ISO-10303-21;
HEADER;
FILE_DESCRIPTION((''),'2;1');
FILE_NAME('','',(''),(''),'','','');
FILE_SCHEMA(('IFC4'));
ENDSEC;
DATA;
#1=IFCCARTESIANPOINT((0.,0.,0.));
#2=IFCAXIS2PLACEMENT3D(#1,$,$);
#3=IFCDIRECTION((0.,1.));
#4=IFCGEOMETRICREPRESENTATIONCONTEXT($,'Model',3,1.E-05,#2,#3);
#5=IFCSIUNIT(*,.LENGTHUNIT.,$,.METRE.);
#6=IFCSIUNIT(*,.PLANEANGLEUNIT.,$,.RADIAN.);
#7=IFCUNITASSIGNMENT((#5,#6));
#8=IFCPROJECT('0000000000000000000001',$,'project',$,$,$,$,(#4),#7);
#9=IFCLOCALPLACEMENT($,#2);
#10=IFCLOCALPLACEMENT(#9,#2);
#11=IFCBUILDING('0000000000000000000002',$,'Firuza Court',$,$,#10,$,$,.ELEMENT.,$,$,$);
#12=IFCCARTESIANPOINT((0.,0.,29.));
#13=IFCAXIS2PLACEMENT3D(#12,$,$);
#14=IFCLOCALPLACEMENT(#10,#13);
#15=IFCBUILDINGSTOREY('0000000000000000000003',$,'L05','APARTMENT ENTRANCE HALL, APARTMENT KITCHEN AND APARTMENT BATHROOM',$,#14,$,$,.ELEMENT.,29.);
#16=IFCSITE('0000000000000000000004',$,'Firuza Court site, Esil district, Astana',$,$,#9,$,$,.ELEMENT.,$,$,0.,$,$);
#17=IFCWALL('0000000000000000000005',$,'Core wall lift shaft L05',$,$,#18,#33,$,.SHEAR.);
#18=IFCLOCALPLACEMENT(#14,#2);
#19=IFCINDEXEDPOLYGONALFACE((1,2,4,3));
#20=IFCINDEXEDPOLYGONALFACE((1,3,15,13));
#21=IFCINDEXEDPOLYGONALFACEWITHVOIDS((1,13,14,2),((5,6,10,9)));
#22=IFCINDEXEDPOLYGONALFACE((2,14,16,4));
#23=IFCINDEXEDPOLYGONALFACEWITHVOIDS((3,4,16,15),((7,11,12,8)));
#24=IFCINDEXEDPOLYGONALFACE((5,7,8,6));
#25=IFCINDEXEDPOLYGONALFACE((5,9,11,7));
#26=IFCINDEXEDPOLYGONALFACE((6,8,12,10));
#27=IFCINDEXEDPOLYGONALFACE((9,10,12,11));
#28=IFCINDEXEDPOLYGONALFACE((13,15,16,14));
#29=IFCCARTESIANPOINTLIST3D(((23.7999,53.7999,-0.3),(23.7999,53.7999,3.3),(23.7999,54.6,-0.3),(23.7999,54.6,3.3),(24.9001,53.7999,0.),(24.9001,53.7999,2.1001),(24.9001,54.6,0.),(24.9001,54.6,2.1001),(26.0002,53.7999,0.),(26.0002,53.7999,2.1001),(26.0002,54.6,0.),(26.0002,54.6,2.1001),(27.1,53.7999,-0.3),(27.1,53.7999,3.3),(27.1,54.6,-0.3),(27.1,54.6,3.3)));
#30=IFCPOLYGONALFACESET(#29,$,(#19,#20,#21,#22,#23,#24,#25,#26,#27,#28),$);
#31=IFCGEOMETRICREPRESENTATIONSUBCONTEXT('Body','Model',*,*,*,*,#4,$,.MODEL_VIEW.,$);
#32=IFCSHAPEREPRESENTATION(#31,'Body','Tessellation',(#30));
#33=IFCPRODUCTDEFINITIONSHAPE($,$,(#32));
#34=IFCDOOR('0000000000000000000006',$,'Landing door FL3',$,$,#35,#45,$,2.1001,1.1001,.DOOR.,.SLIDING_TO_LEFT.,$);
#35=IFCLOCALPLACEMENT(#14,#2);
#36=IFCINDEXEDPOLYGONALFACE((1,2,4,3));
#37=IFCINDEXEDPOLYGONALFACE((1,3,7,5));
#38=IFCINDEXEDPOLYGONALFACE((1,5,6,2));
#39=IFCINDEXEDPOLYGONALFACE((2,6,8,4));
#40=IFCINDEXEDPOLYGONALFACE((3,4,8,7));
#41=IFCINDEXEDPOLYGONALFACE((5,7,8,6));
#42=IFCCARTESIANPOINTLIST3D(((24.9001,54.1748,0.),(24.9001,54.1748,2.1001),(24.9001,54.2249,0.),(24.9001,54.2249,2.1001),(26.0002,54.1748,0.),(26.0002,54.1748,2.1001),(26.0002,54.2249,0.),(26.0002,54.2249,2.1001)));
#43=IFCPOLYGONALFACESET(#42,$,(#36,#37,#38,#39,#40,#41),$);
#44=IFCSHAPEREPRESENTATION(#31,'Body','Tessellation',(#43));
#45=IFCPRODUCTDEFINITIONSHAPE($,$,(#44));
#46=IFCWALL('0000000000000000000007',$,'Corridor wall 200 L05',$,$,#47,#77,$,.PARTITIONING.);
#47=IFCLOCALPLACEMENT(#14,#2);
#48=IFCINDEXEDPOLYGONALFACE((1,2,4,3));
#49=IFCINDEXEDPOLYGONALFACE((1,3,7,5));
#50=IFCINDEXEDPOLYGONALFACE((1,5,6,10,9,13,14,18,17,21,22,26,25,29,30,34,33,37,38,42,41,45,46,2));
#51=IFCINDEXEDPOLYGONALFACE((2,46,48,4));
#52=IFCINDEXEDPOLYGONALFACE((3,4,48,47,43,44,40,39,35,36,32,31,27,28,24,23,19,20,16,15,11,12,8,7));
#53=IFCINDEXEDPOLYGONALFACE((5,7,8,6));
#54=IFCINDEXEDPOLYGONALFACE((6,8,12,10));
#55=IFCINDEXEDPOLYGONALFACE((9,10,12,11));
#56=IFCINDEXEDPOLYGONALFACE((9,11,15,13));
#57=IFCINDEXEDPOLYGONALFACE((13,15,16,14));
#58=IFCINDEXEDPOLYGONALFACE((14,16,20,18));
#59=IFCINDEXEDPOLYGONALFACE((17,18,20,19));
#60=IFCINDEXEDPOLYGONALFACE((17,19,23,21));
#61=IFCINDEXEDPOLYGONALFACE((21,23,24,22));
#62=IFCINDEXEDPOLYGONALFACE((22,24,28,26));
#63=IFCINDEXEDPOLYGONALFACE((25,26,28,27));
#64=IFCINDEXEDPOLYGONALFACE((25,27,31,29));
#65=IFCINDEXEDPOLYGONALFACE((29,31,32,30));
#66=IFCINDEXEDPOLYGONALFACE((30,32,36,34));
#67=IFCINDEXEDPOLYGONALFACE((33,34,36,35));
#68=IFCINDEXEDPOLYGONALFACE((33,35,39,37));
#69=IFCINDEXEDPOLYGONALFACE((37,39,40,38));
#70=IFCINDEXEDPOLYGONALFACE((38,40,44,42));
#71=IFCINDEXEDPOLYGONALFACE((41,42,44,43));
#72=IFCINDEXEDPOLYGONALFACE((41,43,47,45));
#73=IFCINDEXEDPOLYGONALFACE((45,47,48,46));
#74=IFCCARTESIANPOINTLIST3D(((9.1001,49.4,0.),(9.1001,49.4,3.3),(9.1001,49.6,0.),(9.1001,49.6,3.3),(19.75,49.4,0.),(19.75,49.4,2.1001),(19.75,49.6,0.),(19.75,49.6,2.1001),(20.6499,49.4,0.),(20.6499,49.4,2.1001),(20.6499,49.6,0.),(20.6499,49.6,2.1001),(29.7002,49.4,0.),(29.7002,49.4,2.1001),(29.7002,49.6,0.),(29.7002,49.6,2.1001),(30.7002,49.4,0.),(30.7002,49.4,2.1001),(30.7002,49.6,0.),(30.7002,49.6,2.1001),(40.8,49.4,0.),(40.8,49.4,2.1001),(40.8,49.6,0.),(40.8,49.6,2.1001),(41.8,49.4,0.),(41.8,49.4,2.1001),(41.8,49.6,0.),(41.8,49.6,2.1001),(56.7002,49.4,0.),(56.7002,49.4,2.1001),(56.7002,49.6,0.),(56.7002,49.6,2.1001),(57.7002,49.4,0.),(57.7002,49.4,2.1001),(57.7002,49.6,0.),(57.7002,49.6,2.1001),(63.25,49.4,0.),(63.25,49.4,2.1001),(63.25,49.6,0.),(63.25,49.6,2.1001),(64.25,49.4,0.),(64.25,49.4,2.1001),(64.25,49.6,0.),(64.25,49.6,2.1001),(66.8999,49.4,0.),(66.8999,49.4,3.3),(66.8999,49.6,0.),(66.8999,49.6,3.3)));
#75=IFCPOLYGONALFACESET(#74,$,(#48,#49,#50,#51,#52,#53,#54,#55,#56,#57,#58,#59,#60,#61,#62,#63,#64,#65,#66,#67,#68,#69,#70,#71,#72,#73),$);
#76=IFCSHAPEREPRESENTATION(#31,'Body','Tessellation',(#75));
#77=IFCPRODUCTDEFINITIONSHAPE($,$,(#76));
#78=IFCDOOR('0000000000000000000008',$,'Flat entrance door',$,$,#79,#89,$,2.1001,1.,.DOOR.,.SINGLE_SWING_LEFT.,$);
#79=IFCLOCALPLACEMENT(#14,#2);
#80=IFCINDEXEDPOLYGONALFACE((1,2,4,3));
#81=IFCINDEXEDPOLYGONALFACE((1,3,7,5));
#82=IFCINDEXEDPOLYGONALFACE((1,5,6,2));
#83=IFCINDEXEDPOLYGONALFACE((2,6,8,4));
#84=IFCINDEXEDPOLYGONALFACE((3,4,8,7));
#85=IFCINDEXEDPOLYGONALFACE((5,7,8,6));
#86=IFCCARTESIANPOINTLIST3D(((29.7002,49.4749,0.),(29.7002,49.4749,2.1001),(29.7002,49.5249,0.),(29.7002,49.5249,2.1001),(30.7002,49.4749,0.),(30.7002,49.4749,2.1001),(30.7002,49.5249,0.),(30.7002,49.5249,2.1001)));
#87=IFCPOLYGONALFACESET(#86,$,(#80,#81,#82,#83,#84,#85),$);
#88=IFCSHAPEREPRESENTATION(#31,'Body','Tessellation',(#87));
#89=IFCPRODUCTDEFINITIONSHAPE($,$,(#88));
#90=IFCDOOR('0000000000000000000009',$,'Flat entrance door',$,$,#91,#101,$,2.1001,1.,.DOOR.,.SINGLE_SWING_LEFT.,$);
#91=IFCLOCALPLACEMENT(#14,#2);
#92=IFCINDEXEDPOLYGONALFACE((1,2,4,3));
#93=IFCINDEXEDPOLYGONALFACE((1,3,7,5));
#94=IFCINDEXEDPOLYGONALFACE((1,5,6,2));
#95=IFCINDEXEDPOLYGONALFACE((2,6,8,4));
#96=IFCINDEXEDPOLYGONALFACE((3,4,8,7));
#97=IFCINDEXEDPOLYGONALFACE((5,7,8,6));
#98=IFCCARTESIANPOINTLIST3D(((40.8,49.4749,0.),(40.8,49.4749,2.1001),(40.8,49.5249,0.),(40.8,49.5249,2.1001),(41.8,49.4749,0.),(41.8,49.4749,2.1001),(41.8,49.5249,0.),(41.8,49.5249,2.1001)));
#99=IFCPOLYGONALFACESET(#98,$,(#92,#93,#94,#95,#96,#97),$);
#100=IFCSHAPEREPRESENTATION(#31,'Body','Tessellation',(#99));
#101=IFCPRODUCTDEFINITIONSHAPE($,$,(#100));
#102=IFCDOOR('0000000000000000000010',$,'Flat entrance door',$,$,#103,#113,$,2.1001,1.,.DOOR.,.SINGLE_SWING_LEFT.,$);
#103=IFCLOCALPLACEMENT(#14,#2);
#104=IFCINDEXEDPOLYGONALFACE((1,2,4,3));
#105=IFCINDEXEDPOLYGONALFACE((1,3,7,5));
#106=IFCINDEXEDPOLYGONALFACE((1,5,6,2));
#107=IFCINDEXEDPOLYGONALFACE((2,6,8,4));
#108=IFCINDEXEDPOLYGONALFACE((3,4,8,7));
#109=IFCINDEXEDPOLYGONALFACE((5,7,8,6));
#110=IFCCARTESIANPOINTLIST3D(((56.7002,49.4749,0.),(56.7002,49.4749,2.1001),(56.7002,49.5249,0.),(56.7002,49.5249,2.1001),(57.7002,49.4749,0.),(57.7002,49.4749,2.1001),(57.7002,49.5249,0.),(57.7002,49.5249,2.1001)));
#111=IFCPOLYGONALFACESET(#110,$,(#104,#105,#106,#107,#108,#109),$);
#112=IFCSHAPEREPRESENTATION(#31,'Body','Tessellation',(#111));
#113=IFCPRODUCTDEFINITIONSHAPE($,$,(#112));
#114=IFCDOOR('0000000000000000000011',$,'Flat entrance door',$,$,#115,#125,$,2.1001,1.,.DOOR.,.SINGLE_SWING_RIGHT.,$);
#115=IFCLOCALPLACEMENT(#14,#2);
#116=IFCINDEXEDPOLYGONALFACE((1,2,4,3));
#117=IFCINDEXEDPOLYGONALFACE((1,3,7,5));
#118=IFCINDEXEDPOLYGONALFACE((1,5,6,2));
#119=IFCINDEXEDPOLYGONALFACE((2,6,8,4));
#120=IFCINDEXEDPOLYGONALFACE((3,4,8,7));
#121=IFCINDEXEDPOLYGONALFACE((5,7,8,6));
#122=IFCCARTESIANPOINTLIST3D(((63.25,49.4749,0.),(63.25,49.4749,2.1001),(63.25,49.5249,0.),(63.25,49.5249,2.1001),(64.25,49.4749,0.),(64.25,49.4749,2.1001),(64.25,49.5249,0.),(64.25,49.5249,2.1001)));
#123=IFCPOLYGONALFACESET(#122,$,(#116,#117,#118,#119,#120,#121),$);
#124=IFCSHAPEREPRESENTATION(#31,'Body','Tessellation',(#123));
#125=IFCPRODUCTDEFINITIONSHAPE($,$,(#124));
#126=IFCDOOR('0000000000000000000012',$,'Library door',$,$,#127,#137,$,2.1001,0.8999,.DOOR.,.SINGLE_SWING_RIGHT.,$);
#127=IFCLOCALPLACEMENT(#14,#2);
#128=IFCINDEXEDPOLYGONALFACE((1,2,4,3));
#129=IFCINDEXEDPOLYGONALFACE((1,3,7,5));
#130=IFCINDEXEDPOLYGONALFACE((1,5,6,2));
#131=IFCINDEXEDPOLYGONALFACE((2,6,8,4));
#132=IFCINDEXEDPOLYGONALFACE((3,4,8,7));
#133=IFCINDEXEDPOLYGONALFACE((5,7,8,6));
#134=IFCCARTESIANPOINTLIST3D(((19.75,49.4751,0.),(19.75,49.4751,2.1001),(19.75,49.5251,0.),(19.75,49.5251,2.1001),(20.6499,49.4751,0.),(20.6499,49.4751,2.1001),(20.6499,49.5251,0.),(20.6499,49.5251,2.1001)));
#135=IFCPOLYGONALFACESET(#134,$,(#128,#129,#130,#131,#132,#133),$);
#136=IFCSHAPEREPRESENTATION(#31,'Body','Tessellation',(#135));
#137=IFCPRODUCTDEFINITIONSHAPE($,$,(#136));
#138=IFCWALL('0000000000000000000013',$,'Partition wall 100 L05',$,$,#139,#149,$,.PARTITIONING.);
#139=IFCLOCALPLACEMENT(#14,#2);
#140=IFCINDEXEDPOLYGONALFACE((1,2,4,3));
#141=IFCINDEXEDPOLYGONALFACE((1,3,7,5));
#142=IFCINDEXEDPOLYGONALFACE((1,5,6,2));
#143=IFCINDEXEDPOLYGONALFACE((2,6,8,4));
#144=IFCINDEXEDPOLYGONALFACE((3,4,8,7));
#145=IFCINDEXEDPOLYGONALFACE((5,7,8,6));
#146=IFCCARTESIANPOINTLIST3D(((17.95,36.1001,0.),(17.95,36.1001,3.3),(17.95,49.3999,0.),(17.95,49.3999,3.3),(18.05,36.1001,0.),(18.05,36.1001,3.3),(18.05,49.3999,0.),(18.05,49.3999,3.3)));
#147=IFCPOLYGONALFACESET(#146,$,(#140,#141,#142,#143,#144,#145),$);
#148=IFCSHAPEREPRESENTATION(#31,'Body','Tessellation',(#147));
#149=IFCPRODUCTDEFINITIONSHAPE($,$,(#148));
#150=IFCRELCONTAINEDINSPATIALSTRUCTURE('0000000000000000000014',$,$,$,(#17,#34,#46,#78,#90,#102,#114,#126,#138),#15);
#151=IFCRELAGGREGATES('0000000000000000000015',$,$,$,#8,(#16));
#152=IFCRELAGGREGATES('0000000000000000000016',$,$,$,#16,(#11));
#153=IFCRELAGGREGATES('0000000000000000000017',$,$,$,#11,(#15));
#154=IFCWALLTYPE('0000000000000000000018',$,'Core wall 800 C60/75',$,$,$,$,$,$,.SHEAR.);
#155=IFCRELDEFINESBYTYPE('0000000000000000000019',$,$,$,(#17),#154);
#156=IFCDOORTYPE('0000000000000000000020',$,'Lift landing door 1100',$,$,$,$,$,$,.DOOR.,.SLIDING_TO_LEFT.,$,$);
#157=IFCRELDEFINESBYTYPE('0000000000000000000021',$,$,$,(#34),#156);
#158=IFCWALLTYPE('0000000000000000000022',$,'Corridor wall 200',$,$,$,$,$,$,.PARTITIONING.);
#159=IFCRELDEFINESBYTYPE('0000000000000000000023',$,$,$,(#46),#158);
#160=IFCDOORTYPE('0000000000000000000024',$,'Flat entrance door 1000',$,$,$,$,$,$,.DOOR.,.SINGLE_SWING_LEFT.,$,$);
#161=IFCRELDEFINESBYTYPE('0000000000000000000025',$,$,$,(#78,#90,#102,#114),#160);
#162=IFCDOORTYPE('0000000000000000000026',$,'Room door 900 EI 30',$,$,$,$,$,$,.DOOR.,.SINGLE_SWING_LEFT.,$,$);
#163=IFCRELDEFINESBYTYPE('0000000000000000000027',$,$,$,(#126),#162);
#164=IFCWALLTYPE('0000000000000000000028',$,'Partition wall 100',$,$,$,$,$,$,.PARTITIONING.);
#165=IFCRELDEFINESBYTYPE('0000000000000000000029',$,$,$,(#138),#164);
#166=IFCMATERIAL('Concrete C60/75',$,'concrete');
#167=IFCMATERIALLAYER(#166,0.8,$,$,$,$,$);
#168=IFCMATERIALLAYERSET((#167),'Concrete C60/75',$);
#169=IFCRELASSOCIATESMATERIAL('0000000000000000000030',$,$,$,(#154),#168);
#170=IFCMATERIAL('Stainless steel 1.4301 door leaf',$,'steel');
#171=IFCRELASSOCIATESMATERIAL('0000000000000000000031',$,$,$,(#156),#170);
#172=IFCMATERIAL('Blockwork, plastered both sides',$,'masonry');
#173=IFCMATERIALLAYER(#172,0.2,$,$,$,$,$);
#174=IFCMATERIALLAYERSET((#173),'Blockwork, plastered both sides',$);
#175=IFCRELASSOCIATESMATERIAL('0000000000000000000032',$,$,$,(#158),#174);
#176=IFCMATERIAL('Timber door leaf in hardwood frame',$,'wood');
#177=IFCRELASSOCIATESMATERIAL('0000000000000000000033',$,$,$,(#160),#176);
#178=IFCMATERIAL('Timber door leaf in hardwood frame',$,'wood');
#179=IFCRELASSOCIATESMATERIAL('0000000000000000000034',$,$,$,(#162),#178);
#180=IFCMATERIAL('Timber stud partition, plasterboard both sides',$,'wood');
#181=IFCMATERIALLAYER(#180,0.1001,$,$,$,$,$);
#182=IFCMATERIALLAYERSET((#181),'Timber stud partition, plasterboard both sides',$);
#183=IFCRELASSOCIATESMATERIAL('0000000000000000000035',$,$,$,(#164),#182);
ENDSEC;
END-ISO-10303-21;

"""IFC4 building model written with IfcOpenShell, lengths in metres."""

from ifc_helpers import new_model, si_unit, direction, frame, frame_2d, origin, place, context, subcontext, project, spatial, rectangle, extrude, material, layer, layer_set, type_object, element, fill, save


model = new_model("IFC4")

# Units and contexts
model_context = context("Model", 3, precision=1e-05, world=origin(), true_north=direction((0.0, 1.0)))
body_context = subcontext(model_context, "Body", "Model", "MODEL_VIEW")
ifc_project = project(units=[si_unit("LENGTHUNIT", "METRE"), si_unit("PLANEANGLEUNIT", "RADIAN")], contexts=[model_context])

# Site, building, storey
site_placement = place(None, origin())
site = spatial("IfcSite", under=ifc_project, at=site_placement, Name="Firuza Court site, Esil district, Astana", CompositionType="ELEMENT", RefElevation=0.0)
building_placement = place(site_placement, origin())
building = spatial("IfcBuilding", under=site, at=building_placement, Name="Firuza Court", CompositionType="ELEMENT")
storey_placement = place(building_placement, frame((0.0, 0.0, 29.0)))
storey = spatial("IfcBuildingStorey", under=building, at=storey_placement, Name="L05", Description="APARTMENT ENTRANCE HALL, APARTMENT KITCHEN AND APARTMENT BATHROOM", CompositionType="ELEMENT", Elevation=29.0)

# Wall, opening, door
ifc_material_1 = material(Name="Concrete C60/75", Category="concrete")
ifc_layer_1 = layer(ifc_material_1, 0.8)
ifc_layer_set_1 = layer_set([ifc_layer_1], Name="Concrete C60/75")
wall_type_1 = type_object("IfcWallType", Name="Core wall 800 C60/75", PredefinedType="SHEAR", material=ifc_layer_set_1)
wall_1_placement = place(storey_placement, frame((23.8, 54.2, -0.3), z_axis=(0.0, 0.0, 1.0), x_axis=(1.0, 0.0, 0.0)))
wall_1 = element("IfcWall", 1, at=wall_1_placement, inside=storey, type_object=wall_type_1, Name="Core wall lift shaft L05", PredefinedType="SHEAR", context=body_context, shape_type="SweptSolid", body=[
    extrude(rectangle(XDim=3.3, YDim=0.8, at=frame_2d((1.6499, 0.0))), origin(), (0.0, 0.0, 1.0), 3.6001),
])
opening_1_placement = place(wall_1_placement, frame((1.1001, 0.0, 0.3)))
opening_1 = element("IfcOpeningElement", 2, at=opening_1_placement, cuts=wall_1, PredefinedType="OPENING", context=body_context, shape_type="SweptSolid", body=[
    extrude(rectangle(XDim=1.1001, YDim=2.1001, at=frame_2d((0.55, 1.05))), frame((0.0, 0.4121, 0.0), z_axis=(0.0, -1.0, 0.0), x_axis=(1.0, 0.0, 0.0)), (0.0, 0.0, 1.0), 0.824),
])
ifc_material_2 = material(Name="Stainless steel 1.4301 door leaf", Category="steel")
door_type_1 = type_object("IfcDoorType", Name="Lift landing door 1100", OperationType="SLIDING_TO_LEFT", PredefinedType="DOOR", material=ifc_material_2)
door_1_placement = place(opening_1_placement, origin())
door_1 = element("IfcDoor", 3, at=door_1_placement, inside=storey, type_object=door_type_1, Name="Landing door FL3", OperationType="SLIDING_TO_LEFT", OverallHeight=2.1001, OverallWidth=1.1001, PredefinedType="DOOR", context=body_context, shape_type="SweptSolid", body=[
    extrude(rectangle(XDim=1.1001, YDim=2.1001, at=frame_2d((0.55, 1.05))), frame((0.0, 0.0249, 0.0), z_axis=(0.0, -1.0, 0.0), x_axis=(1.0, 0.0, 0.0)), (0.0, 0.0, 1.0), 0.05),
])
fill(opening_1, door_1)

# Wall, openings, doors
ifc_material_3 = material(Name="Blockwork, plastered both sides", Category="masonry")
ifc_layer_2 = layer(ifc_material_3, 0.2)
ifc_layer_set_2 = layer_set([ifc_layer_2], Name="Blockwork, plastered both sides")
wall_type_2 = type_object("IfcWallType", Name="Corridor wall 200", PredefinedType="PARTITIONING", material=ifc_layer_set_2)
wall_2_placement = place(storey_placement, frame((9.1001, 49.5, 0.0), z_axis=(0.0, 0.0, 1.0), x_axis=(1.0, 0.0, 0.0)))
wall_2 = element("IfcWall", 4, at=wall_2_placement, inside=storey, type_object=wall_type_2, Name="Corridor wall 200 L05", PredefinedType="PARTITIONING", context=body_context, shape_type="SweptSolid", body=[
    extrude(rectangle(XDim=57.7998, YDim=0.2, at=frame_2d((28.8999, 0.0))), origin(), (0.0, 0.0, 1.0), 3.3),
])
opening_2_placement = place(wall_2_placement, frame((20.6001, 0.0, 0.0)))
opening_2 = element("IfcOpeningElement", 5, at=opening_2_placement, cuts=wall_2, PredefinedType="OPENING", context=body_context, shape_type="SweptSolid", body=[
    extrude(rectangle(XDim=1.0, YDim=2.1001, at=frame_2d((0.5, 1.05))), frame((0.0, 0.1118, 0.0), z_axis=(0.0, -1.0, 0.0), x_axis=(1.0, 0.0, 0.0)), (0.0, 0.0, 1.0), 0.2239),
])
opening_3_placement = place(wall_2_placement, frame((31.7, 0.0, 0.0)))
opening_3 = element("IfcOpeningElement", 6, at=opening_3_placement, cuts=wall_2, PredefinedType="OPENING", context=body_context, shape_type="SweptSolid", body=[
    extrude(rectangle(XDim=1.0, YDim=2.1001, at=frame_2d((0.5, 1.05))), frame((0.0, 0.1118, 0.0), z_axis=(0.0, -1.0, 0.0), x_axis=(1.0, 0.0, 0.0)), (0.0, 0.0, 1.0), 0.2239),
])
opening_4_placement = place(wall_2_placement, frame((47.6001, 0.0, 0.0)))
opening_4 = element("IfcOpeningElement", 7, at=opening_4_placement, cuts=wall_2, PredefinedType="OPENING", context=body_context, shape_type="SweptSolid", body=[
    extrude(rectangle(XDim=1.0, YDim=2.1001, at=frame_2d((0.5, 1.05))), frame((0.0, 0.1118, 0.0), z_axis=(0.0, -1.0, 0.0), x_axis=(1.0, 0.0, 0.0)), (0.0, 0.0, 1.0), 0.2239),
])
opening_5_placement = place(wall_2_placement, frame((54.1499, 0.0, 0.0)))
opening_5 = element("IfcOpeningElement", 8, at=opening_5_placement, cuts=wall_2, PredefinedType="OPENING", context=body_context, shape_type="SweptSolid", body=[
    extrude(rectangle(XDim=1.0, YDim=2.1001, at=frame_2d((0.5, 1.05))), frame((0.0, 0.1118, 0.0), z_axis=(0.0, -1.0, 0.0), x_axis=(1.0, 0.0, 0.0)), (0.0, 0.0, 1.0), 0.2239),
])
opening_6_placement = place(wall_2_placement, frame((10.6499, 0.0, 0.0)))
opening_6 = element("IfcOpeningElement", 9, at=opening_6_placement, cuts=wall_2, PredefinedType="OPENING", context=body_context, shape_type="SweptSolid", body=[
    extrude(rectangle(XDim=0.8999, YDim=2.1001, at=frame_2d((0.45, 1.05))), frame((0.0, 0.1118, 0.0), z_axis=(0.0, -1.0, 0.0), x_axis=(1.0, 0.0, 0.0)), (0.0, 0.0, 1.0), 0.2239),
])
ifc_material_4 = material(Name="Timber door leaf in hardwood frame", Category="wood")
door_type_2 = type_object("IfcDoorType", Name="Flat entrance door 1000", OperationType="SINGLE_SWING_LEFT", PredefinedType="DOOR", material=ifc_material_4)
door_2_placement = place(opening_2_placement, origin())
door_2 = element("IfcDoor", 10, at=door_2_placement, inside=storey, type_object=door_type_2, Name="Flat entrance door", OperationType="SINGLE_SWING_LEFT", OverallHeight=2.1001, OverallWidth=1.0, PredefinedType="DOOR", context=body_context, shape_type="SweptSolid", body=[
    extrude(rectangle(XDim=1.0, YDim=2.1001, at=frame_2d((0.5, 1.05))), frame((0.0, 0.0249, 0.0), z_axis=(0.0, -1.0, 0.0), x_axis=(1.0, 0.0, 0.0)), (0.0, 0.0, 1.0), 0.05),
])
fill(opening_2, door_2)
door_3_placement = place(opening_3_placement, origin())
door_3 = element("IfcDoor", 11, at=door_3_placement, inside=storey, type_object=door_type_2, Name="Flat entrance door", OperationType="SINGLE_SWING_LEFT", OverallHeight=2.1001, OverallWidth=1.0, PredefinedType="DOOR", context=body_context, shape_type="SweptSolid", body=[
    extrude(rectangle(XDim=1.0, YDim=2.1001, at=frame_2d((0.5, 1.05))), frame((0.0, 0.0249, 0.0), z_axis=(0.0, -1.0, 0.0), x_axis=(1.0, 0.0, 0.0)), (0.0, 0.0, 1.0), 0.05),
])
fill(opening_3, door_3)
door_4_placement = place(opening_4_placement, origin())
door_4 = element("IfcDoor", 12, at=door_4_placement, inside=storey, type_object=door_type_2, Name="Flat entrance door", OperationType="SINGLE_SWING_LEFT", OverallHeight=2.1001, OverallWidth=1.0, PredefinedType="DOOR", context=body_context, shape_type="SweptSolid", body=[
    extrude(rectangle(XDim=1.0, YDim=2.1001, at=frame_2d((0.5, 1.05))), frame((0.0, 0.0249, 0.0), z_axis=(0.0, -1.0, 0.0), x_axis=(1.0, 0.0, 0.0)), (0.0, 0.0, 1.0), 0.05),
])
fill(opening_4, door_4)
door_5_placement = place(opening_5_placement, origin())
door_5 = element("IfcDoor", 13, at=door_5_placement, inside=storey, type_object=door_type_2, Name="Flat entrance door", OperationType="SINGLE_SWING_RIGHT", OverallHeight=2.1001, OverallWidth=1.0, PredefinedType="DOOR", context=body_context, shape_type="SweptSolid", body=[
    extrude(rectangle(XDim=1.0, YDim=2.1001, at=frame_2d((0.5, 1.05))), frame((0.0, 0.0249, 0.0), z_axis=(0.0, -1.0, 0.0), x_axis=(1.0, 0.0, 0.0)), (0.0, 0.0, 1.0), 0.05),
])
fill(opening_5, door_5)
ifc_material_5 = material(Name="Timber door leaf in hardwood frame", Category="wood")
door_type_3 = type_object("IfcDoorType", Name="Room door 900 EI 30", OperationType="SINGLE_SWING_LEFT", PredefinedType="DOOR", material=ifc_material_5)
door_6_placement = place(opening_6_placement, frame((0.8999, 0.0, 0.0), z_axis=(0.0, 0.0, 1.0), x_axis=(-1.0, 0.0, 0.0)))
door_6 = element("IfcDoor", 14, at=door_6_placement, inside=storey, type_object=door_type_3, Name="Library door", OperationType="SINGLE_SWING_RIGHT", OverallHeight=2.1001, OverallWidth=0.8999, PredefinedType="DOOR", context=body_context, shape_type="SweptSolid", body=[
    extrude(rectangle(XDim=0.8999, YDim=2.1001, at=frame_2d((0.45, 1.05))), frame((0.0, 0.0249, 0.0), z_axis=(0.0, -1.0, 0.0), x_axis=(1.0, 0.0, 0.0)), (0.0, 0.0, 1.0), 0.05),
])
fill(opening_6, door_6)

# Wall
ifc_material_6 = material(Name="Timber stud partition, plasterboard both sides", Category="wood")
ifc_layer_3 = layer(ifc_material_6, 0.1001)
ifc_layer_set_3 = layer_set([ifc_layer_3], Name="Timber stud partition, plasterboard both sides")
wall_type_3 = type_object("IfcWallType", Name="Partition wall 100", PredefinedType="PARTITIONING", material=ifc_layer_set_3)
wall_3_placement = place(storey_placement, frame((18.0, 36.1001, 0.0), z_axis=(0.0, 0.0, 1.0), x_axis=(0.0, 1.0, 0.0)))
element("IfcWall", 15, at=wall_3_placement, inside=storey, type_object=wall_type_3, Name="Partition wall 100 L05", PredefinedType="PARTITIONING", context=body_context, shape_type="SweptSolid", body=[
    extrude(rectangle(XDim=13.2998, YDim=0.1001, at=frame_2d((6.6499, 0.0))), origin(), (0.0, 0.0, 1.0), 3.3),
])

save(model, "model.ifc")
